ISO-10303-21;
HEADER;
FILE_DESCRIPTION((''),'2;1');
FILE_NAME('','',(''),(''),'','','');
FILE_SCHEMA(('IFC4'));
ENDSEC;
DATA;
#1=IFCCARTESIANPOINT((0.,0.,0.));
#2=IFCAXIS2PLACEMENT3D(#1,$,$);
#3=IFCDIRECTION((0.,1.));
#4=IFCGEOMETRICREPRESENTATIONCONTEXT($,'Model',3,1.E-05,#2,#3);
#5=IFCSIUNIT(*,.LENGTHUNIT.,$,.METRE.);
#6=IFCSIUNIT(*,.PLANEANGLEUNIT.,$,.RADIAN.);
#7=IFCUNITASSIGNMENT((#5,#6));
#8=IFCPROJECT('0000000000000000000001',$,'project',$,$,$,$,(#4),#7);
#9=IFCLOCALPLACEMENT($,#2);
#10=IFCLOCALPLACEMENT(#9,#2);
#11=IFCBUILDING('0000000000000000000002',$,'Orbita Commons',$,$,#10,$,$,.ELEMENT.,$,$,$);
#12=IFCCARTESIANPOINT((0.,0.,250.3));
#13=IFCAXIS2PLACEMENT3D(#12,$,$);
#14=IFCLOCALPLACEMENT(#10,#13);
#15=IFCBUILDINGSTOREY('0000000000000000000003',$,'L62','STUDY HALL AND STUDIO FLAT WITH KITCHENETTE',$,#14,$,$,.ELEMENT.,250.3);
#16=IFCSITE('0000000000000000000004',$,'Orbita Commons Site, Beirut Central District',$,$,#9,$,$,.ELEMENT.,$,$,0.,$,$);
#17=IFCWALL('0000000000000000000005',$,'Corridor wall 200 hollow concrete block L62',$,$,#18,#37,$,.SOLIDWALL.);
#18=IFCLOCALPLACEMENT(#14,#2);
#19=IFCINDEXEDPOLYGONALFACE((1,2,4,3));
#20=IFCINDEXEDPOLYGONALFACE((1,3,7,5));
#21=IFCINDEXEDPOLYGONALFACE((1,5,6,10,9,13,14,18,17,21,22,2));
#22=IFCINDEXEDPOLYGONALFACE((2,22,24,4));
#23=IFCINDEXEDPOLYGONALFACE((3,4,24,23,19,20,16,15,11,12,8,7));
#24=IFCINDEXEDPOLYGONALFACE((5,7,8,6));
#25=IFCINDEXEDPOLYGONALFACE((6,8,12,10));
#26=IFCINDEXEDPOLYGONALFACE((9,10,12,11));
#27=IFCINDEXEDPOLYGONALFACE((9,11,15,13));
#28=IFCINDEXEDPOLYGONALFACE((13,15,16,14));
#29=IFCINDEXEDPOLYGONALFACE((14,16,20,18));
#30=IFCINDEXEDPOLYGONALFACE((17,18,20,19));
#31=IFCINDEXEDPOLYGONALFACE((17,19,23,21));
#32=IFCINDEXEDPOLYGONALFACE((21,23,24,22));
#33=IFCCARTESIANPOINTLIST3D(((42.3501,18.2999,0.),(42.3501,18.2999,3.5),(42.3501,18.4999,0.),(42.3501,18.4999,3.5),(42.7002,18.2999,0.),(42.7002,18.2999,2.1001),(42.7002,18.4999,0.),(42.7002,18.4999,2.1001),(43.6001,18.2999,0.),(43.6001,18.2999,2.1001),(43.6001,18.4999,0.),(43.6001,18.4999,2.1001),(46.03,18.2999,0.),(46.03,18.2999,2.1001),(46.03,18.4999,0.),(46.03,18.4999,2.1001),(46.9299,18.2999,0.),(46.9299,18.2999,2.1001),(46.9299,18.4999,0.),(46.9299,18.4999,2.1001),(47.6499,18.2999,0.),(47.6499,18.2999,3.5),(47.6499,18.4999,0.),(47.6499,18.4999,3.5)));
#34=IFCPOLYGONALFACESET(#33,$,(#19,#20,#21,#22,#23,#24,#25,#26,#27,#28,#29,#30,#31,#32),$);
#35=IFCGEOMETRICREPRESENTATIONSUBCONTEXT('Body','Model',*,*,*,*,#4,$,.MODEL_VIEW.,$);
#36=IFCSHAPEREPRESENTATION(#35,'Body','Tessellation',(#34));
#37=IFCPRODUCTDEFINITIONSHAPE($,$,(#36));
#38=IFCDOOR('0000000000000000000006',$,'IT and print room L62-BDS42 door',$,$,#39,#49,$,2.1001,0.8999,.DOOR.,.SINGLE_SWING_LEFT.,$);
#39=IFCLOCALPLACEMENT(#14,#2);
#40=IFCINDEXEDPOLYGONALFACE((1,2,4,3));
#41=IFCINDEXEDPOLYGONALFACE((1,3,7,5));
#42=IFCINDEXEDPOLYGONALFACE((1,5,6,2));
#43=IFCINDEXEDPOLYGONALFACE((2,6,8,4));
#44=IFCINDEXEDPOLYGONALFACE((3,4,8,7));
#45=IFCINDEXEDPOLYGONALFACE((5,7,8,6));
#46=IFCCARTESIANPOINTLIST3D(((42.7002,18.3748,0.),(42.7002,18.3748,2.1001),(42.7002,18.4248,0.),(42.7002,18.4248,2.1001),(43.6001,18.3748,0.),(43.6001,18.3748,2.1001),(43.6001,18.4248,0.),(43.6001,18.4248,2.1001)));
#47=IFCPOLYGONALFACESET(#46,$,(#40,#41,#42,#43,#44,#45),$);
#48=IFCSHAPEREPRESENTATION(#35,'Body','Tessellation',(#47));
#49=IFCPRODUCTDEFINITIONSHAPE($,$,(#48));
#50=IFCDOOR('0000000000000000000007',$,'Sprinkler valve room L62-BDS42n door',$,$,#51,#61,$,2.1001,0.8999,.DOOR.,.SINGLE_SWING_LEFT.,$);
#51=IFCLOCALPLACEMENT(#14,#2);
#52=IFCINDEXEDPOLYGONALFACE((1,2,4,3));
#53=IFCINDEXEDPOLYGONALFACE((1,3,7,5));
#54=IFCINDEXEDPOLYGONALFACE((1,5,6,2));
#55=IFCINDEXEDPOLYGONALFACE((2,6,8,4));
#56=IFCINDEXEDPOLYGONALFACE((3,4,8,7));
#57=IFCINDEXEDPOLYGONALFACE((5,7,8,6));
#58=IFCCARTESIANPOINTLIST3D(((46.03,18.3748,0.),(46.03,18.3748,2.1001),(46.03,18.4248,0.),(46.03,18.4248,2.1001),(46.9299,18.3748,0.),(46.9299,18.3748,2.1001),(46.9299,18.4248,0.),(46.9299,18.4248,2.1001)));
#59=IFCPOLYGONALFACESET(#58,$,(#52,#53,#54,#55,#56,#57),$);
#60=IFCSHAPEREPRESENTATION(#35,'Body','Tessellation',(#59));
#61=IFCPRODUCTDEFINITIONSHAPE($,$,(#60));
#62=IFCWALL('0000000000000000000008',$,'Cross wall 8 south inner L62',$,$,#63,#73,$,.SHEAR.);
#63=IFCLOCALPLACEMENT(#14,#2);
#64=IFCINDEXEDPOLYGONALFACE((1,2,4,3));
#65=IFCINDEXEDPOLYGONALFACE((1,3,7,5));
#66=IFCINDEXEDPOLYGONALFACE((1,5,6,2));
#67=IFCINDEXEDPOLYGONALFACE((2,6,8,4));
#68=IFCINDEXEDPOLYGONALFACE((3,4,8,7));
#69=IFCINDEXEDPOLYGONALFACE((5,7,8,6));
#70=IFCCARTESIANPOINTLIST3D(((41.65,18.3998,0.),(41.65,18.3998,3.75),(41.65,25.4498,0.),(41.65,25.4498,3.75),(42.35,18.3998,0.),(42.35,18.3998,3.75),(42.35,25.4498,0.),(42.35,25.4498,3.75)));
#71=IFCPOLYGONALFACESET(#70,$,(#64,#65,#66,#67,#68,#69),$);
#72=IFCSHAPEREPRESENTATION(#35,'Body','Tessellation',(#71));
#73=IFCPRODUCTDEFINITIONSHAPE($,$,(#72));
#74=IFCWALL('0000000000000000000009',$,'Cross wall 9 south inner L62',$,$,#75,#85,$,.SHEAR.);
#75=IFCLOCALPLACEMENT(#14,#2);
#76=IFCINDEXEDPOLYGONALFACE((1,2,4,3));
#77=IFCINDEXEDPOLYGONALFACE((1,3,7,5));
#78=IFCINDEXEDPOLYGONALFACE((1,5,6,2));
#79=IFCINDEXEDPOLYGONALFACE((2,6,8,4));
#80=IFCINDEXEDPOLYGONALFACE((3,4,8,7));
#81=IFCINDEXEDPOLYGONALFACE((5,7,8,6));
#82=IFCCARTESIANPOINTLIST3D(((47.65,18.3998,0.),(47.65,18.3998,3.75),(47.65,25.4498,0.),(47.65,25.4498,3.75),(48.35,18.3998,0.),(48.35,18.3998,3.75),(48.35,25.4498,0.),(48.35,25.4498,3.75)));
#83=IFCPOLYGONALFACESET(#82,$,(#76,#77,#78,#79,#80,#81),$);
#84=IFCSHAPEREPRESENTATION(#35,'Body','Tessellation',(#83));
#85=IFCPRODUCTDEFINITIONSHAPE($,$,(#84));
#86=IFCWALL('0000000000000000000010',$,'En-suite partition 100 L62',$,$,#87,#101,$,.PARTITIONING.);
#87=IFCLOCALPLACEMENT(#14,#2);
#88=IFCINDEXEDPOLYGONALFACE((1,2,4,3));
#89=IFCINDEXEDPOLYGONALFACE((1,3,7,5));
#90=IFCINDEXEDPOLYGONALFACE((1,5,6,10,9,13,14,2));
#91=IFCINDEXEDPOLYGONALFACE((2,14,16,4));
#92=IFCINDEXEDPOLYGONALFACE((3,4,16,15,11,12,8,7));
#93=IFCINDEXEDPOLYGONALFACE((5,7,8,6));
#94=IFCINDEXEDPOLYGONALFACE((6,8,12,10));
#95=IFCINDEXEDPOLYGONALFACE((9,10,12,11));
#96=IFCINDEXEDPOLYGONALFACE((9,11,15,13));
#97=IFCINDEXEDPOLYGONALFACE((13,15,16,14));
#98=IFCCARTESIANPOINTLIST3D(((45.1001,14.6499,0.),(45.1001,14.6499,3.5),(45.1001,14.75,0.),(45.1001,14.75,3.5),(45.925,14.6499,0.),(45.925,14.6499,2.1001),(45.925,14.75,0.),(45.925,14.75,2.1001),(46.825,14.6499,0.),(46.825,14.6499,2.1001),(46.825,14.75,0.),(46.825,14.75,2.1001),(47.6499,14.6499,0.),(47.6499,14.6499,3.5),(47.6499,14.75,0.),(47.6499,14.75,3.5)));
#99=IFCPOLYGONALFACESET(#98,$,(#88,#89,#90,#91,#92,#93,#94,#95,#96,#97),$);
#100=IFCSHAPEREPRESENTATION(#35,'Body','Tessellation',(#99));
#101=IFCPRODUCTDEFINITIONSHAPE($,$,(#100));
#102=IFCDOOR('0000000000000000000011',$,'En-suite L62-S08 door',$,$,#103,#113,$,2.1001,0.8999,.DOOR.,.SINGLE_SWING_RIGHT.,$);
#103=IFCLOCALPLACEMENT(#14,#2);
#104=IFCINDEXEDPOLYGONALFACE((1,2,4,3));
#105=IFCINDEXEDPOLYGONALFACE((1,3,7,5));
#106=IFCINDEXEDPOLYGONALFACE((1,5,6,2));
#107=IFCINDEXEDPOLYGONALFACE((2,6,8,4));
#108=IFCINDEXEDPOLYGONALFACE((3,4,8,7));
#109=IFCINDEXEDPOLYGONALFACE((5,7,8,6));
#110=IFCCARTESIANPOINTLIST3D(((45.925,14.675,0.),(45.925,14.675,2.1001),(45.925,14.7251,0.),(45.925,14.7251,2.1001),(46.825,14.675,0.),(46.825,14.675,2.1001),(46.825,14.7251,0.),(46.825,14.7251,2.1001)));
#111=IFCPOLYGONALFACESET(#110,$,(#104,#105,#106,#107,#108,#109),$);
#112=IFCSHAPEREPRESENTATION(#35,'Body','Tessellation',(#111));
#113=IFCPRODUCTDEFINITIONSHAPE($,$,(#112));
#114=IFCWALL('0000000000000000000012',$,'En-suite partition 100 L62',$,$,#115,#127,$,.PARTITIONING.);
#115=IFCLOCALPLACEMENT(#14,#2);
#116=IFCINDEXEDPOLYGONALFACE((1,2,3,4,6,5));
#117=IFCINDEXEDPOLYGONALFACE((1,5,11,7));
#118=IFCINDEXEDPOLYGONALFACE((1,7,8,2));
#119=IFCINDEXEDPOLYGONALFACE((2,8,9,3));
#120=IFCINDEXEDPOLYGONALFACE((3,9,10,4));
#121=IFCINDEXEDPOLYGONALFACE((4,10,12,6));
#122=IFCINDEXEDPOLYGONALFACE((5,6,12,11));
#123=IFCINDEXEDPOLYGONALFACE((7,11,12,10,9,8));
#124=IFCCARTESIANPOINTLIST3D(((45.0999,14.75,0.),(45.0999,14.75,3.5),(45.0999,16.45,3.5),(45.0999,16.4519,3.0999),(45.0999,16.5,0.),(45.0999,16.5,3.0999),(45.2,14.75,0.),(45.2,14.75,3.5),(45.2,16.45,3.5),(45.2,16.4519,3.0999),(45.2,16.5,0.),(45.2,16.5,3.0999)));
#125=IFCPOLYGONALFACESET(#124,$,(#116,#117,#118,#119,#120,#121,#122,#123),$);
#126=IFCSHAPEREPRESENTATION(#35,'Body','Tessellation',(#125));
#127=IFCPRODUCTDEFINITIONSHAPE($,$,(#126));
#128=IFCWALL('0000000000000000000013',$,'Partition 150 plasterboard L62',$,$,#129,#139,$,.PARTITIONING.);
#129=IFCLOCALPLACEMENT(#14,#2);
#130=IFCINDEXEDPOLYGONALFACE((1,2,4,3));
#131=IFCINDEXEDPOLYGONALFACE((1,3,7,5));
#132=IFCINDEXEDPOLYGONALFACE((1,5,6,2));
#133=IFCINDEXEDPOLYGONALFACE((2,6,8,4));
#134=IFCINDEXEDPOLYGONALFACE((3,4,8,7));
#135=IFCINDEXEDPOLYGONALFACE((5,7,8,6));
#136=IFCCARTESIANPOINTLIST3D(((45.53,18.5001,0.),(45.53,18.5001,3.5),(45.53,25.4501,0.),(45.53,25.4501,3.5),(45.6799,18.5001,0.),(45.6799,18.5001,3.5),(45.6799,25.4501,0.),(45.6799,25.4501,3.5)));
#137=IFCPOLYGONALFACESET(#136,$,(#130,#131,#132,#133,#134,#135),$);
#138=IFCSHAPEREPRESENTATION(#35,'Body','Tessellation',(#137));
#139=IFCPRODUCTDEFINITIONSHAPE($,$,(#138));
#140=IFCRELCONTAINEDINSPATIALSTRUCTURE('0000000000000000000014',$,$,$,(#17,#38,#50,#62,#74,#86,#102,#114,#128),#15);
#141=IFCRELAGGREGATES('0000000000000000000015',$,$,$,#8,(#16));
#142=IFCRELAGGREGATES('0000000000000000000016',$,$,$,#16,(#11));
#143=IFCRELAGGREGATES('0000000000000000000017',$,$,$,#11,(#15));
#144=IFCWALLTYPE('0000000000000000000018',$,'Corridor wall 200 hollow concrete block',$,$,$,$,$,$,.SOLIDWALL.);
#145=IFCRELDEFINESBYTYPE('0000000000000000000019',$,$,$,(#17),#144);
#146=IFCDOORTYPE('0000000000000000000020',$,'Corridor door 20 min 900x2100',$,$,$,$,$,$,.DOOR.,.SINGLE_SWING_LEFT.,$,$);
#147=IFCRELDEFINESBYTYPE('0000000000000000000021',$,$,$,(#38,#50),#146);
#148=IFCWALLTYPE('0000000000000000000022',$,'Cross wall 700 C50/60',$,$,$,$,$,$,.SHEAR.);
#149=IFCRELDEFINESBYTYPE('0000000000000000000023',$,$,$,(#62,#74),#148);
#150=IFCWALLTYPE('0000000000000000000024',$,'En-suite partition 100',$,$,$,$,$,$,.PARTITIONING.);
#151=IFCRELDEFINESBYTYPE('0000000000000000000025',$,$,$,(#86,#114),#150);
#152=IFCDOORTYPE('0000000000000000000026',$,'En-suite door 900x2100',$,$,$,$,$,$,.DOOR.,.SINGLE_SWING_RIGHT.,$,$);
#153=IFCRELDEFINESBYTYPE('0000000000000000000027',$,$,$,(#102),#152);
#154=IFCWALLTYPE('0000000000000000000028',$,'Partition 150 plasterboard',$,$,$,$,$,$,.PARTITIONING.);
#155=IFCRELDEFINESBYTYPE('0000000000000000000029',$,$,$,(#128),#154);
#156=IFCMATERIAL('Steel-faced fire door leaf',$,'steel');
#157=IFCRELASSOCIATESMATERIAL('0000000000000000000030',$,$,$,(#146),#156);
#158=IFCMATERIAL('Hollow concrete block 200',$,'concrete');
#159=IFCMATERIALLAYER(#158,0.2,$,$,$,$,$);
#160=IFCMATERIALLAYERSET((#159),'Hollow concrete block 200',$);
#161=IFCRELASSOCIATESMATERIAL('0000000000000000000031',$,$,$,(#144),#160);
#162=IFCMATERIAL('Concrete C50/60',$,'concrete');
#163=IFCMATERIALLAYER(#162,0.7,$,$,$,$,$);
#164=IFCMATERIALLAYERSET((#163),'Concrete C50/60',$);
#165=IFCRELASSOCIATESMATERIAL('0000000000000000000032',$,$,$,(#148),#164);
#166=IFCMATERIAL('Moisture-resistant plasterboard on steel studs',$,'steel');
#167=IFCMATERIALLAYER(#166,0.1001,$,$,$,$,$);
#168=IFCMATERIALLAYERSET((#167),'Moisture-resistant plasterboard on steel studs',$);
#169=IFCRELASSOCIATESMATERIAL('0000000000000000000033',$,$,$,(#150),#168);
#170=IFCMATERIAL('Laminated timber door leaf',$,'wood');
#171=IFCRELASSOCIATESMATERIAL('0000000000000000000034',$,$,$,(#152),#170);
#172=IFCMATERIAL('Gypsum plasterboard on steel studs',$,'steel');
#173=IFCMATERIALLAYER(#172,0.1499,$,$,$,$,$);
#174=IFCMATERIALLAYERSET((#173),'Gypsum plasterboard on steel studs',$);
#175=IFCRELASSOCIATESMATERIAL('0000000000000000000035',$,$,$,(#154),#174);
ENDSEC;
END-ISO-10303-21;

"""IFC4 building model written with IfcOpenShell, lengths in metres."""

from ifc_helpers import new_model, si_unit, direction, frame, frame_2d, origin, place, context, subcontext, project, spatial, polyline, rectangle, outline, extrude, material, layer, layer_set, type_object, element, fill, save


model = new_model("IFC4")

# Units and contexts
model_context = context("Model", 3, precision=1e-05, world=origin(), true_north=direction((0.0, 1.0)))
body_context = subcontext(model_context, "Body", "Model", "MODEL_VIEW")
ifc_project = project(units=[si_unit("LENGTHUNIT", "METRE"), si_unit("PLANEANGLEUNIT", "RADIAN")], contexts=[model_context])

# Site, building, storey
site_placement = place(None, origin())
site = spatial("IfcSite", under=ifc_project, at=site_placement, Name="Orbita Commons Site, Beirut Central District", CompositionType="ELEMENT", RefElevation=0.0)
building_placement = place(site_placement, origin())
building = spatial("IfcBuilding", under=site, at=building_placement, Name="Orbita Commons", CompositionType="ELEMENT")
storey_placement = place(building_placement, frame((0.0, 0.0, 250.3)))
storey = spatial("IfcBuildingStorey", under=building, at=storey_placement, Name="L62", Description="STUDY HALL AND STUDIO FLAT WITH KITCHENETTE", CompositionType="ELEMENT", Elevation=250.3)

# Shared definitions
ifc_material_1 = material(Name="Steel-faced fire door leaf", Category="steel")
door_type_1 = type_object("IfcDoorType", Name="Corridor door 20 min 900x2100", OperationType="SINGLE_SWING_LEFT", PredefinedType="DOOR", material=ifc_material_1)

# Wall, openings, doors
ifc_material_2 = material(Name="Hollow concrete block 200", Category="concrete")
ifc_layer_1 = layer(ifc_material_2, 0.2)
ifc_layer_set_1 = layer_set([ifc_layer_1], Name="Hollow concrete block 200")
wall_type_1 = type_object("IfcWallType", Name="Corridor wall 200 hollow concrete block", PredefinedType="SOLIDWALL", material=ifc_layer_set_1)
wall_1_placement = place(storey_placement, frame((42.3501, 18.3999, 0.0), z_axis=(0.0, 0.0, 1.0), x_axis=(1.0, 0.0, 0.0)))
wall_1 = element("IfcWall", 1, at=wall_1_placement, inside=storey, type_object=wall_type_1, Name="Corridor wall 200 hollow concrete block L62", PredefinedType="SOLIDWALL", context=body_context, shape_type="SweptSolid", body=[
    extrude(rectangle(XDim=5.2998, YDim=0.2, at=frame_2d((2.6499, 0.0))), origin(), (0.0, 0.0, 1.0), 3.5),
])
opening_1_placement = place(wall_1_placement, frame((0.3501, 0.0, 0.0)))
opening_1 = element("IfcOpeningElement", 2, at=opening_1_placement, cuts=wall_1, PredefinedType="OPENING", context=body_context, shape_type="SweptSolid", body=[
    extrude(rectangle(XDim=0.8999, YDim=2.1001, at=frame_2d((0.45, 1.05))), frame((0.0, 0.1099, 0.0), z_axis=(0.0, -1.0, 0.0), x_axis=(1.0, 0.0, 0.0)), (0.0, 0.0, 1.0), 0.22),
])
opening_2_placement = place(wall_1_placement, frame((3.6799, 0.0, 0.0)))
opening_2 = element("IfcOpeningElement", 3, at=opening_2_placement, cuts=wall_1, PredefinedType="OPENING", context=body_context, shape_type="SweptSolid", body=[
    extrude(rectangle(XDim=0.8999, YDim=2.1001, at=frame_2d((0.45, 1.05))), frame((0.0, 0.1099, 0.0), z_axis=(0.0, -1.0, 0.0), x_axis=(1.0, 0.0, 0.0)), (0.0, 0.0, 1.0), 0.22),
])
door_1_placement = place(opening_1_placement, origin())
door_1 = element("IfcDoor", 4, at=door_1_placement, inside=storey, type_object=door_type_1, Name="IT and print room L62-BDS42 door", OperationType="SINGLE_SWING_LEFT", OverallHeight=2.1001, OverallWidth=0.8999, PredefinedType="DOOR", context=body_context, shape_type="SweptSolid", body=[
    extrude(rectangle(XDim=0.8999, YDim=2.1001, at=frame_2d((0.45, 1.05))), frame((0.0, 0.0249, 0.0), z_axis=(0.0, -1.0, 0.0), x_axis=(1.0, 0.0, 0.0)), (0.0, 0.0, 1.0), 0.05),
])
fill(opening_1, door_1)
door_2_placement = place(opening_2_placement, origin())
door_2 = element("IfcDoor", 5, at=door_2_placement, inside=storey, type_object=door_type_1, Name="Sprinkler valve room L62-BDS42n door", OperationType="SINGLE_SWING_LEFT", OverallHeight=2.1001, OverallWidth=0.8999, PredefinedType="DOOR", context=body_context, shape_type="SweptSolid", body=[
    extrude(rectangle(XDim=0.8999, YDim=2.1001, at=frame_2d((0.45, 1.05))), frame((0.0, 0.0249, 0.0), z_axis=(0.0, -1.0, 0.0), x_axis=(1.0, 0.0, 0.0)), (0.0, 0.0, 1.0), 0.05),
])
fill(opening_2, door_2)

# Walls
ifc_material_3 = material(Name="Concrete C50/60", Category="concrete")
ifc_layer_2 = layer(ifc_material_3, 0.7)
ifc_layer_set_2 = layer_set([ifc_layer_2], Name="Concrete C50/60")
wall_type_2 = type_object("IfcWallType", Name="Cross wall 700 C50/60", PredefinedType="SHEAR", material=ifc_layer_set_2)
for number, where, z_axis, x_axis, name in (
    (6, (42.0, 18.3999, 0.0), (0.0, 0.0, 1.0), (0.0, 1.0, 0.0), "Cross wall 8 south inner L62"),
    (7, (48.0, 18.3999, 0.0), (0.0, 0.0, 1.0), (0.0, 1.0, 0.0), "Cross wall 9 south inner L62"),
):
    element("IfcWall", number, at=place(storey_placement, frame(where, z_axis=z_axis, x_axis=x_axis)), inside=storey, type_object=wall_type_2, Name=name, PredefinedType="SHEAR", context=body_context, shape_type="SweptSolid", body=[
        extrude(rectangle(XDim=7.05, YDim=0.7, at=frame_2d((3.5249, 0.0))), origin(), (0.0, 0.0, 1.0), 3.75),
    ])

# Wall, opening, door
ifc_material_4 = material(Name="Moisture-resistant plasterboard on steel studs", Category="steel")
ifc_layer_3 = layer(ifc_material_4, 0.1001)
ifc_layer_set_3 = layer_set([ifc_layer_3], Name="Moisture-resistant plasterboard on steel studs")
wall_type_3 = type_object("IfcWallType", Name="En-suite partition 100", PredefinedType="PARTITIONING", material=ifc_layer_set_3)
wall_2_placement = place(storey_placement, frame((47.6499, 14.7, 0.0), z_axis=(0.0, 0.0, 1.0), x_axis=(-1.0, 0.0, 0.0)))
wall_2 = element("IfcWall", 8, at=wall_2_placement, inside=storey, type_object=wall_type_3, Name="En-suite partition 100 L62", PredefinedType="PARTITIONING", context=body_context, shape_type="SweptSolid", body=[
    extrude(rectangle(XDim=2.5498, YDim=0.1001, at=frame_2d((1.2749, 0.0))), origin(), (0.0, 0.0, 1.0), 3.5),
])
opening_3_placement = place(wall_2_placement, frame((0.825, 0.0, 0.0)))
opening_3 = element("IfcOpeningElement", 9, at=opening_3_placement, cuts=wall_2, PredefinedType="OPENING", context=body_context, shape_type="SweptSolid", body=[
    extrude(rectangle(XDim=0.8999, YDim=2.1001, at=frame_2d((0.45, 1.05))), frame((0.0, 0.0601, 0.0), z_axis=(0.0, -1.0, 0.0), x_axis=(1.0, 0.0, 0.0)), (0.0, 0.0, 1.0), 0.1201),
])
ifc_material_5 = material(Name="Laminated timber door leaf", Category="wood")
door_type_2 = type_object("IfcDoorType", Name="En-suite door 900x2100", OperationType="SINGLE_SWING_RIGHT", PredefinedType="DOOR", material=ifc_material_5)
door_3_placement = place(opening_3_placement, origin())
door_3 = element("IfcDoor", 10, at=door_3_placement, inside=storey, type_object=door_type_2, Name="En-suite L62-S08 door", OperationType="SINGLE_SWING_RIGHT", OverallHeight=2.1001, OverallWidth=0.8999, PredefinedType="DOOR", context=body_context, shape_type="SweptSolid", body=[
    extrude(rectangle(XDim=0.8999, YDim=2.1001, at=frame_2d((0.45, 1.05))), frame((0.0, 0.0249, 0.0), z_axis=(0.0, -1.0, 0.0), x_axis=(1.0, 0.0, 0.0)), (0.0, 0.0, 1.0), 0.05),
])
fill(opening_3, door_3)

# Walls
wall_3_placement = place(storey_placement, frame((45.1499, 14.75, 0.0), z_axis=(0.0, 0.0, 1.0), x_axis=(0.0, 1.0, 0.0)))
element("IfcWall", 11, at=wall_3_placement, inside=storey, type_object=wall_type_3, Name="En-suite partition 100 L62", PredefinedType="PARTITIONING", context=body_context, shape_type="SweptSolid", body=[
    extrude(outline(polyline([(0.0, 0.0), (1.75, 0.0), (1.75, 3.0999), (1.7019, 3.0999), (1.7, 3.5), (0.0, 3.5), (0.0, 0.0)])), frame((0.0, 0.05, 0.0), z_axis=(0.0, -1.0, 0.0), x_axis=(1.0, 0.0, 0.0)), (0.0, 0.0, 1.0), 0.1001),
])
ifc_material_6 = material(Name="Gypsum plasterboard on steel studs", Category="steel")
ifc_layer_4 = layer(ifc_material_6, 0.1499)
ifc_layer_set_4 = layer_set([ifc_layer_4], Name="Gypsum plasterboard on steel studs")
wall_type_4 = type_object("IfcWallType", Name="Partition 150 plasterboard", PredefinedType="PARTITIONING", material=ifc_layer_set_4)
wall_4_placement = place(storey_placement, frame((45.605, 18.5, 0.0), z_axis=(0.0, 0.0, 1.0), x_axis=(0.0, 1.0, 0.0)))
element("IfcWall", 12, at=wall_4_placement, inside=storey, type_object=wall_type_4, Name="Partition 150 plasterboard L62", PredefinedType="PARTITIONING", context=body_context, shape_type="SweptSolid", body=[
    extrude(rectangle(XDim=6.95, YDim=0.1499, at=frame_2d((3.4751, 0.0))), origin(), (0.0, 0.0, 1.0), 3.5),
])

save(model, "model.ifc")
